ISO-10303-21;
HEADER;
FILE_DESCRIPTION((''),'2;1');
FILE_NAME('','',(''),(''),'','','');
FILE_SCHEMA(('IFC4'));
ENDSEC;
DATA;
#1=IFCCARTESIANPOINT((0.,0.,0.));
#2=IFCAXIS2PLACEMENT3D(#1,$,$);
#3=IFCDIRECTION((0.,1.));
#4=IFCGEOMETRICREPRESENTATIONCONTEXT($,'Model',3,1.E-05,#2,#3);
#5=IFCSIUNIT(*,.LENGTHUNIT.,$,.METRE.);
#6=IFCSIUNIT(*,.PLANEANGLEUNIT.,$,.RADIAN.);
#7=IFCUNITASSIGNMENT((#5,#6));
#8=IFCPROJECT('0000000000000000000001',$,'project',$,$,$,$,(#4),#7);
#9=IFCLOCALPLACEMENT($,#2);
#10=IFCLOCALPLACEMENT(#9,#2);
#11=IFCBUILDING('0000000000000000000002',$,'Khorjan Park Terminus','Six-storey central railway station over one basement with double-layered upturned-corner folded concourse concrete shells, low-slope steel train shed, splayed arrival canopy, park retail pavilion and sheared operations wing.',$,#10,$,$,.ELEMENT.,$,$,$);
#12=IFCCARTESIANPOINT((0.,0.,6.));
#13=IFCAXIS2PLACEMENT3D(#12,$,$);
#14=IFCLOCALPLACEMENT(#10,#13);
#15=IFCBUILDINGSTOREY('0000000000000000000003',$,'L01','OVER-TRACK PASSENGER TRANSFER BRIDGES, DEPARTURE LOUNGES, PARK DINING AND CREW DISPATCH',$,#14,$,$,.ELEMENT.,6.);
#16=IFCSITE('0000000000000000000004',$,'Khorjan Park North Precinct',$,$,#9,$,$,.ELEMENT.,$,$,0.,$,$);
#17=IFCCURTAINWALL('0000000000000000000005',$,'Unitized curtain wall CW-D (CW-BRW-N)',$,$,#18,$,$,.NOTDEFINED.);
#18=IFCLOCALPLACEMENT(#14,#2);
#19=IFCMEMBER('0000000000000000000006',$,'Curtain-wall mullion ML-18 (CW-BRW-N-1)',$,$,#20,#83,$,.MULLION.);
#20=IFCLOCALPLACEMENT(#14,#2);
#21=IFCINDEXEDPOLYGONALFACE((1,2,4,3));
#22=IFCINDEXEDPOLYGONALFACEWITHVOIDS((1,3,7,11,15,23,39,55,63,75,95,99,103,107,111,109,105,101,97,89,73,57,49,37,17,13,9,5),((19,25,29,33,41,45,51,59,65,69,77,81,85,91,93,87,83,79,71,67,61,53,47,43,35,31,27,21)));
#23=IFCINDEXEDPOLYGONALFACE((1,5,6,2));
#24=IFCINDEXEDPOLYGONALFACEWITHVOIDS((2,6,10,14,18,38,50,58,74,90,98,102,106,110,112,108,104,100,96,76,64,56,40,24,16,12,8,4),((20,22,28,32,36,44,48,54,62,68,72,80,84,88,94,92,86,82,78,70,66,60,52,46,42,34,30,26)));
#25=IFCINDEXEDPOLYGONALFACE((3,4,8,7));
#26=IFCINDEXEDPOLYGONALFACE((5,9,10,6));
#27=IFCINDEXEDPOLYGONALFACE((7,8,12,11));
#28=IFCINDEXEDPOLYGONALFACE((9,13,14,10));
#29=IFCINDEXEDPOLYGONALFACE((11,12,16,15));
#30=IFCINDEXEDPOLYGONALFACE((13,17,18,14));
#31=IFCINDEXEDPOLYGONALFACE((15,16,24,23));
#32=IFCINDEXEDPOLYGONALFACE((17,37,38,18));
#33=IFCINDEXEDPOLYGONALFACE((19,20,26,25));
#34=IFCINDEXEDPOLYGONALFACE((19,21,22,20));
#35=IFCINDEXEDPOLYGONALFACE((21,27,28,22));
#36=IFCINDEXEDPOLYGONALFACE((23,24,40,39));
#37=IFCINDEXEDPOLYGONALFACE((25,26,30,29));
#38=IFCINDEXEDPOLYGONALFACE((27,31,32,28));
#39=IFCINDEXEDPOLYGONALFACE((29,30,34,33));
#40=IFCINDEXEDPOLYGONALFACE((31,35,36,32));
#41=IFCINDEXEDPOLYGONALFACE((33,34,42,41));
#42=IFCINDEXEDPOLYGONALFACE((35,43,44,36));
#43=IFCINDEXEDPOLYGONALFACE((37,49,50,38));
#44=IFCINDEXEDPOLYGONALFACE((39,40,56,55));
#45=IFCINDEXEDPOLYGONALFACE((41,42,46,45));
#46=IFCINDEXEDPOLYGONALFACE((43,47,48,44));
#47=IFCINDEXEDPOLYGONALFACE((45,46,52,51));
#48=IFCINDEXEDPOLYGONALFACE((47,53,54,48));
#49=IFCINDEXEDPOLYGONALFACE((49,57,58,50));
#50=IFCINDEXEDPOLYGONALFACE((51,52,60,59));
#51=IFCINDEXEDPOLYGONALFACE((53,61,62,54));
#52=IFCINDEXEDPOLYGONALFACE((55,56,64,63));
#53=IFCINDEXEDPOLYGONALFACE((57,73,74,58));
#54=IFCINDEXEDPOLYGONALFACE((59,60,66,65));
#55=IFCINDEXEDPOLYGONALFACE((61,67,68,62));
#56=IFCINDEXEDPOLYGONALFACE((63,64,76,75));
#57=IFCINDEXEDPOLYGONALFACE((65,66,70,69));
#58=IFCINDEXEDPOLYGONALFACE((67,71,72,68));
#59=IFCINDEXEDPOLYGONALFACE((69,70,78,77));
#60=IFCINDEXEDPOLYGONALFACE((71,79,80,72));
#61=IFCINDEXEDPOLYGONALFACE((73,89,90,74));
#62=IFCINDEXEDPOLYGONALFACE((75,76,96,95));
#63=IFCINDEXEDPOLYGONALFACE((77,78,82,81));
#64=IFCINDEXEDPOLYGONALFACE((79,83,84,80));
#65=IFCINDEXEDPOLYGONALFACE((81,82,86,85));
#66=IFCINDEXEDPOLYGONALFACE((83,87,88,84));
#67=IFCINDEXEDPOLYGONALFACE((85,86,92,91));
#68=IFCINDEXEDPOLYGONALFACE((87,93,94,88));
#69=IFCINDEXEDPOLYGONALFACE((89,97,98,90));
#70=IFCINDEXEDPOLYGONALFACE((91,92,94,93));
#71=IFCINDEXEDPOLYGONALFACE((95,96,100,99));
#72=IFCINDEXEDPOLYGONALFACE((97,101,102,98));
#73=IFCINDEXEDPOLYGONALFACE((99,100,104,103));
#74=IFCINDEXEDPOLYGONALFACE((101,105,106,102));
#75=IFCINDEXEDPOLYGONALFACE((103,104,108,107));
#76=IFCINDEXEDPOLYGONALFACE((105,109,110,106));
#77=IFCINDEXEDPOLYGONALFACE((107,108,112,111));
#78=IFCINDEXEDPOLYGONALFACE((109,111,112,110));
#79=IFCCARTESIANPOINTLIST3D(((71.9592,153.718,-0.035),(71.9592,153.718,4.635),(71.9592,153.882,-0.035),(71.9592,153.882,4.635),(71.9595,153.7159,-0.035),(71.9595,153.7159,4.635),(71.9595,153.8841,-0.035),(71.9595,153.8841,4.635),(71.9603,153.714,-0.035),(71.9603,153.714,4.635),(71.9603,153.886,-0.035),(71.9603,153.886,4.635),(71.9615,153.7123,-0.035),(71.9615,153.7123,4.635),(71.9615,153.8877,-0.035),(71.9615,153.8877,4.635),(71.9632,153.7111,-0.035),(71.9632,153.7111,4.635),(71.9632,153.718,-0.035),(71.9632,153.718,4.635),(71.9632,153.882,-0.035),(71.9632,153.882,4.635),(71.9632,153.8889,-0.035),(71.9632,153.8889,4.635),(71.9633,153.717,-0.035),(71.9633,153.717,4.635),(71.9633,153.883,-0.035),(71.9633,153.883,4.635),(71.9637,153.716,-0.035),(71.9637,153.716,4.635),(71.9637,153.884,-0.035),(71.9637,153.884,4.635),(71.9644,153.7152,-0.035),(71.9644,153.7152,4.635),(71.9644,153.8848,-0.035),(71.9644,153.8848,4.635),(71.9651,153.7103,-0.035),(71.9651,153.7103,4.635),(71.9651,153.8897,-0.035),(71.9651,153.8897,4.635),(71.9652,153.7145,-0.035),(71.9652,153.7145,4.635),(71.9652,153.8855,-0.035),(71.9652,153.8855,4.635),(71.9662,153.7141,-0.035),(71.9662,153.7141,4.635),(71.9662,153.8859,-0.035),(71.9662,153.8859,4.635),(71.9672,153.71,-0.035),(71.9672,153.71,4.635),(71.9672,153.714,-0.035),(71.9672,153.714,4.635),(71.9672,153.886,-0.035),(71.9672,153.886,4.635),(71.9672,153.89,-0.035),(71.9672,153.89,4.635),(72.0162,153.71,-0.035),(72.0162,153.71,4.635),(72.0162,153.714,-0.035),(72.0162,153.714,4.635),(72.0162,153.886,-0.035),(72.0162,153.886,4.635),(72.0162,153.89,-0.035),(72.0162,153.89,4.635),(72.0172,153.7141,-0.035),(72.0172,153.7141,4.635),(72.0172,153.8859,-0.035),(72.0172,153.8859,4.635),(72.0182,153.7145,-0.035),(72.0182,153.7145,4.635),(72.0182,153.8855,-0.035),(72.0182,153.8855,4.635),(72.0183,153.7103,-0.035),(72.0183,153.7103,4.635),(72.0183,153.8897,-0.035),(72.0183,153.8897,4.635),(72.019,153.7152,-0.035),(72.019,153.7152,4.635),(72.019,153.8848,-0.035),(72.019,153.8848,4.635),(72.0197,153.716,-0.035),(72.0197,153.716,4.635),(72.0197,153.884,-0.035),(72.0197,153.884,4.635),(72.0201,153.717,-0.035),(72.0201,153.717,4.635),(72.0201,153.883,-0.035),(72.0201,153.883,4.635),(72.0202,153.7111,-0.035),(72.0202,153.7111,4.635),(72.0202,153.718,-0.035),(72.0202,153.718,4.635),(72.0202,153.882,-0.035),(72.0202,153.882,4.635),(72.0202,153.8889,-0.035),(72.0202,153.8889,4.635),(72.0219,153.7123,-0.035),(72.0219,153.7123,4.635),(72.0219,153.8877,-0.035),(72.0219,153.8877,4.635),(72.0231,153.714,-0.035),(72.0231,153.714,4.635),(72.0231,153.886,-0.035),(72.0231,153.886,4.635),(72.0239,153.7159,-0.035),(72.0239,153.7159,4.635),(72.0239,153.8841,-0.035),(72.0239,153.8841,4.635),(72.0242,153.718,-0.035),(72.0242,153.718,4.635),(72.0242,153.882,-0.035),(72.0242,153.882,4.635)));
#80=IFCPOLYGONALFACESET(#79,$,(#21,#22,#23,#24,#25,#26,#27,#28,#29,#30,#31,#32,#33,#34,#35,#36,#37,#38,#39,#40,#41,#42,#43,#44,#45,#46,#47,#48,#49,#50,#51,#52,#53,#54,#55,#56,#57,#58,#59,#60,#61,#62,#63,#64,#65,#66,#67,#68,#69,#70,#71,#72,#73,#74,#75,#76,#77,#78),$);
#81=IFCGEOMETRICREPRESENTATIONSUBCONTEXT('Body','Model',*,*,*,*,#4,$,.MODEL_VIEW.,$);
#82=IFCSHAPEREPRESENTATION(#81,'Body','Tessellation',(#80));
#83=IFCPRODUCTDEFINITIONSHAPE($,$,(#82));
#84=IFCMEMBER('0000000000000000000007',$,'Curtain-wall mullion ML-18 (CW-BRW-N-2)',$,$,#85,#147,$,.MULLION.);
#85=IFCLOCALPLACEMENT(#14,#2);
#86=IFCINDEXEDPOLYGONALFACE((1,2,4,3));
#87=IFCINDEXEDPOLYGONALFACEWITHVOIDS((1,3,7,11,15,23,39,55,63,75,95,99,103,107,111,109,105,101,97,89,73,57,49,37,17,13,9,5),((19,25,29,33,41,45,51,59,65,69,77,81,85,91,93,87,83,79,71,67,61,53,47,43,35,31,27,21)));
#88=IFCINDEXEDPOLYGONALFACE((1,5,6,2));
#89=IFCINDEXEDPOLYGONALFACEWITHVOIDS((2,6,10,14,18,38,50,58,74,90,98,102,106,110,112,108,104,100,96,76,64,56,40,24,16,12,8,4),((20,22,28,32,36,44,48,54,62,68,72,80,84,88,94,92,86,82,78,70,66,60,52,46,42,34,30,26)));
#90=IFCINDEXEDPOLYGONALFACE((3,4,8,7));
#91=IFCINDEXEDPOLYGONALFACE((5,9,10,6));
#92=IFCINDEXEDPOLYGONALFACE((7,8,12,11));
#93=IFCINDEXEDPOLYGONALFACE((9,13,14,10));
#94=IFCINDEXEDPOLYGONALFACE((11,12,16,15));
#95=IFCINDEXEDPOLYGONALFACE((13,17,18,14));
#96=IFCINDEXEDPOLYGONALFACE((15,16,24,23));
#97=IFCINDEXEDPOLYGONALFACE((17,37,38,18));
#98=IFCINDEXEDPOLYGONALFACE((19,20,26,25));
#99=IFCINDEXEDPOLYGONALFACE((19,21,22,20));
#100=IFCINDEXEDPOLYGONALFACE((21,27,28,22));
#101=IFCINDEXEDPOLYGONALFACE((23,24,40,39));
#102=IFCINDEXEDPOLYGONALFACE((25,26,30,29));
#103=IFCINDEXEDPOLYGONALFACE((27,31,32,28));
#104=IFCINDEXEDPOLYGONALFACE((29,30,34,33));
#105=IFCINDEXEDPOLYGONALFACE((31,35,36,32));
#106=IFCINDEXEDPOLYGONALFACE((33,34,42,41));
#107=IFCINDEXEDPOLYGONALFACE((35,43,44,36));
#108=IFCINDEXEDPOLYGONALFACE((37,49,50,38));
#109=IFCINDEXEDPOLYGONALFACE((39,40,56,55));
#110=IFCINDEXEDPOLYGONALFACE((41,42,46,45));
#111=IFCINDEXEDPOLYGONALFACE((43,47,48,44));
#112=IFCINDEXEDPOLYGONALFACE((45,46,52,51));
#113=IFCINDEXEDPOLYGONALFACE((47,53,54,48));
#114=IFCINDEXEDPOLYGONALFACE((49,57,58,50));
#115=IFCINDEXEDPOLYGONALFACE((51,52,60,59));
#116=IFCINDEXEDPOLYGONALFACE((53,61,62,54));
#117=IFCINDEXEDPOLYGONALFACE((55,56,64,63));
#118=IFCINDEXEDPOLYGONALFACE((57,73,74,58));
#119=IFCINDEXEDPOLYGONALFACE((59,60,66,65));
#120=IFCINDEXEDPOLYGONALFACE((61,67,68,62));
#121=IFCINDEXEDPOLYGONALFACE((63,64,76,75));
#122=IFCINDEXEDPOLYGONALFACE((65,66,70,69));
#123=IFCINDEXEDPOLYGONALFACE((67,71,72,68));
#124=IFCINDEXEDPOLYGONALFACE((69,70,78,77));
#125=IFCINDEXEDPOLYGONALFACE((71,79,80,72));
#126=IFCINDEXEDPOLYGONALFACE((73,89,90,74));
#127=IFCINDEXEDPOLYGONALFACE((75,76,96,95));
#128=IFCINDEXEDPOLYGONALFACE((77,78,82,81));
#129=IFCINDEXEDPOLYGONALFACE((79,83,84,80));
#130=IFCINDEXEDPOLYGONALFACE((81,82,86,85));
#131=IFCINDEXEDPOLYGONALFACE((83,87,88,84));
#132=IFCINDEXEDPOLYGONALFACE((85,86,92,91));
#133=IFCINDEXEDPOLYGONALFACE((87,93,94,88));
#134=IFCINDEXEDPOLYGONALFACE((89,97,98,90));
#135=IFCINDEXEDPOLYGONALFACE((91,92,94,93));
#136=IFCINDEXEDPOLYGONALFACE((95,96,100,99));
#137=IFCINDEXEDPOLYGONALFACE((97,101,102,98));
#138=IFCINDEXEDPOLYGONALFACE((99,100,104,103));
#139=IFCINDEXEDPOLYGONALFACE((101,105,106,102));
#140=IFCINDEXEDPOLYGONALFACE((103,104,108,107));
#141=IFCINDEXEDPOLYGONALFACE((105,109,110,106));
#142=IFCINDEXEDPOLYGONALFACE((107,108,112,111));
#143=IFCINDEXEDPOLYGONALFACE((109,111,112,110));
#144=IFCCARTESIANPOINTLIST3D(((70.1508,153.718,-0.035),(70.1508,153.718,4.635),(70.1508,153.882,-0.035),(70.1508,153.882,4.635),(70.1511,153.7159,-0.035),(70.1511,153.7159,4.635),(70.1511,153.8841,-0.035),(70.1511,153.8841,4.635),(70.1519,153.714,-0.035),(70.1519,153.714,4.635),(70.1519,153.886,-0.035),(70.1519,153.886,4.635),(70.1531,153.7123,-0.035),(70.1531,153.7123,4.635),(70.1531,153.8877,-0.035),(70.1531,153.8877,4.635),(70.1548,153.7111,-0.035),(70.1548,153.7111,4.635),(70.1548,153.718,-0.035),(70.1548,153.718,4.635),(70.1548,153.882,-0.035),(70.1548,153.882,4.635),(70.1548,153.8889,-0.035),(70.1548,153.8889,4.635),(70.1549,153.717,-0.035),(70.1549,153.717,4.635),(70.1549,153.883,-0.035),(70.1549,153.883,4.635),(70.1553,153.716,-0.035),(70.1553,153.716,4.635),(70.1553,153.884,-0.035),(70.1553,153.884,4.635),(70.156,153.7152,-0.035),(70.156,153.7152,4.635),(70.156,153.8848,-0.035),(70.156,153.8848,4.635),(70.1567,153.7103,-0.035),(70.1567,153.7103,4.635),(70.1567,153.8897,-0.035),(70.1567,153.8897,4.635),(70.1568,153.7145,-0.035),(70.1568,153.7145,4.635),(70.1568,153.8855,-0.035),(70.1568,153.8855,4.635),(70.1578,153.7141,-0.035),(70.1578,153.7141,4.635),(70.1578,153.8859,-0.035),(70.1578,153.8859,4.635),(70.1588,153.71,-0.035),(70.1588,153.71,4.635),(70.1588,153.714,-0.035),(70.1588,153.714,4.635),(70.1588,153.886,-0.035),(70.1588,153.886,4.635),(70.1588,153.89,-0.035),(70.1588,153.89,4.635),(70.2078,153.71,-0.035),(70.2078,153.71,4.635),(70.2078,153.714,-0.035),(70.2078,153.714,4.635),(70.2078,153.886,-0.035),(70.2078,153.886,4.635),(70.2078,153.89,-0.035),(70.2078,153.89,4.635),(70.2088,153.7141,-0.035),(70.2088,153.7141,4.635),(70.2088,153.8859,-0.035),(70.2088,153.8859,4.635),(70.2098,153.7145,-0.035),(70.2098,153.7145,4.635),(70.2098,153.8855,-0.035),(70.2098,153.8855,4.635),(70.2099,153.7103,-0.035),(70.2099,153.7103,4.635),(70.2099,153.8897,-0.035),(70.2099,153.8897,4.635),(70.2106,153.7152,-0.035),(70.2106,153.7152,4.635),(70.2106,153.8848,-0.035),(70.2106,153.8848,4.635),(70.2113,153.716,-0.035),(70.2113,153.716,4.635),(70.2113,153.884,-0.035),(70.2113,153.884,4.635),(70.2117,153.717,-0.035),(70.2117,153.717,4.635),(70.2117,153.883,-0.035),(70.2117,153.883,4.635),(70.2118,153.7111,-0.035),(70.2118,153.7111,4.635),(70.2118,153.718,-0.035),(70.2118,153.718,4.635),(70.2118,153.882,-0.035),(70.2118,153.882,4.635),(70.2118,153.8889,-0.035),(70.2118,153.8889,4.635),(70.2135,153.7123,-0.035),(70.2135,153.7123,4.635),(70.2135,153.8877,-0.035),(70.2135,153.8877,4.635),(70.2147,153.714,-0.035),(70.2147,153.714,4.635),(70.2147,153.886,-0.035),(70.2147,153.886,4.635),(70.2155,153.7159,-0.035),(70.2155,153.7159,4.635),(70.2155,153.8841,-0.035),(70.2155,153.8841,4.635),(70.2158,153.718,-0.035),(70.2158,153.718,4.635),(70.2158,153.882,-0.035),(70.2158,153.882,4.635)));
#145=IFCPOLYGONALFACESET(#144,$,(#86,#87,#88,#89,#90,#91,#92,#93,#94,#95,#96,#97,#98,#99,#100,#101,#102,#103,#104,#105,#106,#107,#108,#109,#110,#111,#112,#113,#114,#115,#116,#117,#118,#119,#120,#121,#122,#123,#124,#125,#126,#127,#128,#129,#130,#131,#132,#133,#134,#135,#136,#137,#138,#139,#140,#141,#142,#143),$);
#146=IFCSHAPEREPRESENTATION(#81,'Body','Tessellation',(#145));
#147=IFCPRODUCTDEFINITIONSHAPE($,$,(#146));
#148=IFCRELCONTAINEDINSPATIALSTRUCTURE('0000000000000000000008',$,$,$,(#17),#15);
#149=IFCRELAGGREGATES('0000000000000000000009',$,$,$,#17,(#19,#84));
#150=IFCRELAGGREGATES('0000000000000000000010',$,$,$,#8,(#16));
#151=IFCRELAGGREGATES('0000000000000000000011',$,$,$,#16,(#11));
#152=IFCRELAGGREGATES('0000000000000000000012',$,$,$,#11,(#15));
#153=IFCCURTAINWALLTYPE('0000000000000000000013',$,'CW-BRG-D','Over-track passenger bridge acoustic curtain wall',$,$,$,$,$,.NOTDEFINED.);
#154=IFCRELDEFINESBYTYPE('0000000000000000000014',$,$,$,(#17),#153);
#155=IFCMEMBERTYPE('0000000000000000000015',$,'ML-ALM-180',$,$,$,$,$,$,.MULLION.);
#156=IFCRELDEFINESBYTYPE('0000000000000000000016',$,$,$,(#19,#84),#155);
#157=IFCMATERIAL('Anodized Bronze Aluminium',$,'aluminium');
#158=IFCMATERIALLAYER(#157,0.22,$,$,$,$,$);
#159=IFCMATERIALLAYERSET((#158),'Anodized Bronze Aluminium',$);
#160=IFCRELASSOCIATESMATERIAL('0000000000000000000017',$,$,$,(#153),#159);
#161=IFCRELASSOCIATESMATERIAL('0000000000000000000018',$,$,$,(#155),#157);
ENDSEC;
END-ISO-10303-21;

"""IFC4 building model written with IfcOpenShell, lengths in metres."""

from ifc_helpers import new_model, si_unit, direction, frame, origin, origin_2d, place, context, subcontext, project, spatial, hollow_rectangle, extrude, material, layer, layer_set, material_profile, profile_set, type_object, element, aggregate, save


model = new_model("IFC4")

# Units and contexts
model_context = context("Model", 3, precision=1e-05, world=origin(), true_north=direction((0.0, 1.0)))
body_context = subcontext(model_context, "Body", "Model", "MODEL_VIEW")
ifc_project = project(units=[si_unit("LENGTHUNIT", "METRE"), si_unit("PLANEANGLEUNIT", "RADIAN")], contexts=[model_context])

# Site, building, storey
site_placement = place(None, origin())
site = spatial("IfcSite", under=ifc_project, at=site_placement, Name="Khorjan Park North Precinct", CompositionType="ELEMENT", RefElevation=0.0)
building_placement = place(site_placement, origin())
building = spatial("IfcBuilding", under=site, at=building_placement, Name="Khorjan Park Terminus", Description="Six-storey central railway station over one basement with double-layered upturned-corner folded concourse concrete shells, low-slope steel train shed, splayed arrival canopy, park retail pavilion and sheared operations wing.", CompositionType="ELEMENT")
storey_placement = place(building_placement, frame((0.0, 0.0, 6.0)))
storey = spatial("IfcBuildingStorey", under=building, at=storey_placement, Name="L01", Description="OVER-TRACK PASSENGER TRANSFER BRIDGES, DEPARTURE LOUNGES, PARK DINING AND CREW DISPATCH", CompositionType="ELEMENT", Elevation=6.0)

# Curtain wall, members
ifc_material_1 = material(Name="Anodized Bronze Aluminium", Category="aluminium")
ifc_layer_1 = layer(ifc_material_1, 0.22)
ifc_layer_set_1 = layer_set([ifc_layer_1], Name="Anodized Bronze Aluminium")
curtain_wall_type = type_object("IfcCurtainWallType", Name="CW-BRG-D", Description="Over-track passenger bridge acoustic curtain wall", PredefinedType="NOTDEFINED", material=ifc_layer_set_1)
curtain_wall_placement = place(storey_placement, origin())
curtain_wall = element("IfcCurtainWall", 1, at=curtain_wall_placement, inside=storey, type_object=curtain_wall_type, Name="Unitized curtain wall CW-D (CW-BRW-N)", PredefinedType="NOTDEFINED")
ifc_material_profile_1 = material_profile(ifc_material_1, hollow_rectangle(XDim=0.065, YDim=0.18, WallThickness=0.004, InnerFilletRadius=0.004, OuterFilletRadius=0.008, at=origin_2d()), Name="ALM 65x180x4")
ifc_profile_set_1 = profile_set([ifc_material_profile_1], Name="Anodized Bronze Aluminium")
member_type_1 = type_object("IfcMemberType", Name="ML-ALM-180", PredefinedType="MULLION", material=ifc_profile_set_1)
member_1_placement = place(storey_placement, frame((71.9917, 153.8, -0.035), z_axis=(0.0, 0.0, 1.0), x_axis=(-1.0, 0.0, 0.0)))
member_1 = element("IfcMember", 2, at=member_1_placement, type_object=member_type_1, Name="Curtain-wall mullion ML-18 (CW-BRW-N-1)", PredefinedType="MULLION", context=body_context, shape_type="SweptSolid", body=[
    extrude(hollow_rectangle(XDim=0.065, YDim=0.18, WallThickness=0.004, InnerFilletRadius=0.004, OuterFilletRadius=0.008, at=origin_2d()), origin(), (0.0, 0.0, 1.0), 4.67),
])
member_2_placement = place(storey_placement, frame((70.1833, 153.8, -0.035), z_axis=(0.0, 0.0, 1.0), x_axis=(-1.0, 0.0, 0.0)))
member_2 = element("IfcMember", 3, at=member_2_placement, type_object=member_type_1, Name="Curtain-wall mullion ML-18 (CW-BRW-N-2)", PredefinedType="MULLION", context=body_context, shape_type="SweptSolid", body=[
    extrude(hollow_rectangle(XDim=0.065, YDim=0.18, WallThickness=0.004, InnerFilletRadius=0.004, OuterFilletRadius=0.008, at=origin_2d()), origin(), (0.0, 0.0, 1.0), 4.67),
])
aggregate(curtain_wall, [member_1, member_2])

save(model, "model.ifc")
